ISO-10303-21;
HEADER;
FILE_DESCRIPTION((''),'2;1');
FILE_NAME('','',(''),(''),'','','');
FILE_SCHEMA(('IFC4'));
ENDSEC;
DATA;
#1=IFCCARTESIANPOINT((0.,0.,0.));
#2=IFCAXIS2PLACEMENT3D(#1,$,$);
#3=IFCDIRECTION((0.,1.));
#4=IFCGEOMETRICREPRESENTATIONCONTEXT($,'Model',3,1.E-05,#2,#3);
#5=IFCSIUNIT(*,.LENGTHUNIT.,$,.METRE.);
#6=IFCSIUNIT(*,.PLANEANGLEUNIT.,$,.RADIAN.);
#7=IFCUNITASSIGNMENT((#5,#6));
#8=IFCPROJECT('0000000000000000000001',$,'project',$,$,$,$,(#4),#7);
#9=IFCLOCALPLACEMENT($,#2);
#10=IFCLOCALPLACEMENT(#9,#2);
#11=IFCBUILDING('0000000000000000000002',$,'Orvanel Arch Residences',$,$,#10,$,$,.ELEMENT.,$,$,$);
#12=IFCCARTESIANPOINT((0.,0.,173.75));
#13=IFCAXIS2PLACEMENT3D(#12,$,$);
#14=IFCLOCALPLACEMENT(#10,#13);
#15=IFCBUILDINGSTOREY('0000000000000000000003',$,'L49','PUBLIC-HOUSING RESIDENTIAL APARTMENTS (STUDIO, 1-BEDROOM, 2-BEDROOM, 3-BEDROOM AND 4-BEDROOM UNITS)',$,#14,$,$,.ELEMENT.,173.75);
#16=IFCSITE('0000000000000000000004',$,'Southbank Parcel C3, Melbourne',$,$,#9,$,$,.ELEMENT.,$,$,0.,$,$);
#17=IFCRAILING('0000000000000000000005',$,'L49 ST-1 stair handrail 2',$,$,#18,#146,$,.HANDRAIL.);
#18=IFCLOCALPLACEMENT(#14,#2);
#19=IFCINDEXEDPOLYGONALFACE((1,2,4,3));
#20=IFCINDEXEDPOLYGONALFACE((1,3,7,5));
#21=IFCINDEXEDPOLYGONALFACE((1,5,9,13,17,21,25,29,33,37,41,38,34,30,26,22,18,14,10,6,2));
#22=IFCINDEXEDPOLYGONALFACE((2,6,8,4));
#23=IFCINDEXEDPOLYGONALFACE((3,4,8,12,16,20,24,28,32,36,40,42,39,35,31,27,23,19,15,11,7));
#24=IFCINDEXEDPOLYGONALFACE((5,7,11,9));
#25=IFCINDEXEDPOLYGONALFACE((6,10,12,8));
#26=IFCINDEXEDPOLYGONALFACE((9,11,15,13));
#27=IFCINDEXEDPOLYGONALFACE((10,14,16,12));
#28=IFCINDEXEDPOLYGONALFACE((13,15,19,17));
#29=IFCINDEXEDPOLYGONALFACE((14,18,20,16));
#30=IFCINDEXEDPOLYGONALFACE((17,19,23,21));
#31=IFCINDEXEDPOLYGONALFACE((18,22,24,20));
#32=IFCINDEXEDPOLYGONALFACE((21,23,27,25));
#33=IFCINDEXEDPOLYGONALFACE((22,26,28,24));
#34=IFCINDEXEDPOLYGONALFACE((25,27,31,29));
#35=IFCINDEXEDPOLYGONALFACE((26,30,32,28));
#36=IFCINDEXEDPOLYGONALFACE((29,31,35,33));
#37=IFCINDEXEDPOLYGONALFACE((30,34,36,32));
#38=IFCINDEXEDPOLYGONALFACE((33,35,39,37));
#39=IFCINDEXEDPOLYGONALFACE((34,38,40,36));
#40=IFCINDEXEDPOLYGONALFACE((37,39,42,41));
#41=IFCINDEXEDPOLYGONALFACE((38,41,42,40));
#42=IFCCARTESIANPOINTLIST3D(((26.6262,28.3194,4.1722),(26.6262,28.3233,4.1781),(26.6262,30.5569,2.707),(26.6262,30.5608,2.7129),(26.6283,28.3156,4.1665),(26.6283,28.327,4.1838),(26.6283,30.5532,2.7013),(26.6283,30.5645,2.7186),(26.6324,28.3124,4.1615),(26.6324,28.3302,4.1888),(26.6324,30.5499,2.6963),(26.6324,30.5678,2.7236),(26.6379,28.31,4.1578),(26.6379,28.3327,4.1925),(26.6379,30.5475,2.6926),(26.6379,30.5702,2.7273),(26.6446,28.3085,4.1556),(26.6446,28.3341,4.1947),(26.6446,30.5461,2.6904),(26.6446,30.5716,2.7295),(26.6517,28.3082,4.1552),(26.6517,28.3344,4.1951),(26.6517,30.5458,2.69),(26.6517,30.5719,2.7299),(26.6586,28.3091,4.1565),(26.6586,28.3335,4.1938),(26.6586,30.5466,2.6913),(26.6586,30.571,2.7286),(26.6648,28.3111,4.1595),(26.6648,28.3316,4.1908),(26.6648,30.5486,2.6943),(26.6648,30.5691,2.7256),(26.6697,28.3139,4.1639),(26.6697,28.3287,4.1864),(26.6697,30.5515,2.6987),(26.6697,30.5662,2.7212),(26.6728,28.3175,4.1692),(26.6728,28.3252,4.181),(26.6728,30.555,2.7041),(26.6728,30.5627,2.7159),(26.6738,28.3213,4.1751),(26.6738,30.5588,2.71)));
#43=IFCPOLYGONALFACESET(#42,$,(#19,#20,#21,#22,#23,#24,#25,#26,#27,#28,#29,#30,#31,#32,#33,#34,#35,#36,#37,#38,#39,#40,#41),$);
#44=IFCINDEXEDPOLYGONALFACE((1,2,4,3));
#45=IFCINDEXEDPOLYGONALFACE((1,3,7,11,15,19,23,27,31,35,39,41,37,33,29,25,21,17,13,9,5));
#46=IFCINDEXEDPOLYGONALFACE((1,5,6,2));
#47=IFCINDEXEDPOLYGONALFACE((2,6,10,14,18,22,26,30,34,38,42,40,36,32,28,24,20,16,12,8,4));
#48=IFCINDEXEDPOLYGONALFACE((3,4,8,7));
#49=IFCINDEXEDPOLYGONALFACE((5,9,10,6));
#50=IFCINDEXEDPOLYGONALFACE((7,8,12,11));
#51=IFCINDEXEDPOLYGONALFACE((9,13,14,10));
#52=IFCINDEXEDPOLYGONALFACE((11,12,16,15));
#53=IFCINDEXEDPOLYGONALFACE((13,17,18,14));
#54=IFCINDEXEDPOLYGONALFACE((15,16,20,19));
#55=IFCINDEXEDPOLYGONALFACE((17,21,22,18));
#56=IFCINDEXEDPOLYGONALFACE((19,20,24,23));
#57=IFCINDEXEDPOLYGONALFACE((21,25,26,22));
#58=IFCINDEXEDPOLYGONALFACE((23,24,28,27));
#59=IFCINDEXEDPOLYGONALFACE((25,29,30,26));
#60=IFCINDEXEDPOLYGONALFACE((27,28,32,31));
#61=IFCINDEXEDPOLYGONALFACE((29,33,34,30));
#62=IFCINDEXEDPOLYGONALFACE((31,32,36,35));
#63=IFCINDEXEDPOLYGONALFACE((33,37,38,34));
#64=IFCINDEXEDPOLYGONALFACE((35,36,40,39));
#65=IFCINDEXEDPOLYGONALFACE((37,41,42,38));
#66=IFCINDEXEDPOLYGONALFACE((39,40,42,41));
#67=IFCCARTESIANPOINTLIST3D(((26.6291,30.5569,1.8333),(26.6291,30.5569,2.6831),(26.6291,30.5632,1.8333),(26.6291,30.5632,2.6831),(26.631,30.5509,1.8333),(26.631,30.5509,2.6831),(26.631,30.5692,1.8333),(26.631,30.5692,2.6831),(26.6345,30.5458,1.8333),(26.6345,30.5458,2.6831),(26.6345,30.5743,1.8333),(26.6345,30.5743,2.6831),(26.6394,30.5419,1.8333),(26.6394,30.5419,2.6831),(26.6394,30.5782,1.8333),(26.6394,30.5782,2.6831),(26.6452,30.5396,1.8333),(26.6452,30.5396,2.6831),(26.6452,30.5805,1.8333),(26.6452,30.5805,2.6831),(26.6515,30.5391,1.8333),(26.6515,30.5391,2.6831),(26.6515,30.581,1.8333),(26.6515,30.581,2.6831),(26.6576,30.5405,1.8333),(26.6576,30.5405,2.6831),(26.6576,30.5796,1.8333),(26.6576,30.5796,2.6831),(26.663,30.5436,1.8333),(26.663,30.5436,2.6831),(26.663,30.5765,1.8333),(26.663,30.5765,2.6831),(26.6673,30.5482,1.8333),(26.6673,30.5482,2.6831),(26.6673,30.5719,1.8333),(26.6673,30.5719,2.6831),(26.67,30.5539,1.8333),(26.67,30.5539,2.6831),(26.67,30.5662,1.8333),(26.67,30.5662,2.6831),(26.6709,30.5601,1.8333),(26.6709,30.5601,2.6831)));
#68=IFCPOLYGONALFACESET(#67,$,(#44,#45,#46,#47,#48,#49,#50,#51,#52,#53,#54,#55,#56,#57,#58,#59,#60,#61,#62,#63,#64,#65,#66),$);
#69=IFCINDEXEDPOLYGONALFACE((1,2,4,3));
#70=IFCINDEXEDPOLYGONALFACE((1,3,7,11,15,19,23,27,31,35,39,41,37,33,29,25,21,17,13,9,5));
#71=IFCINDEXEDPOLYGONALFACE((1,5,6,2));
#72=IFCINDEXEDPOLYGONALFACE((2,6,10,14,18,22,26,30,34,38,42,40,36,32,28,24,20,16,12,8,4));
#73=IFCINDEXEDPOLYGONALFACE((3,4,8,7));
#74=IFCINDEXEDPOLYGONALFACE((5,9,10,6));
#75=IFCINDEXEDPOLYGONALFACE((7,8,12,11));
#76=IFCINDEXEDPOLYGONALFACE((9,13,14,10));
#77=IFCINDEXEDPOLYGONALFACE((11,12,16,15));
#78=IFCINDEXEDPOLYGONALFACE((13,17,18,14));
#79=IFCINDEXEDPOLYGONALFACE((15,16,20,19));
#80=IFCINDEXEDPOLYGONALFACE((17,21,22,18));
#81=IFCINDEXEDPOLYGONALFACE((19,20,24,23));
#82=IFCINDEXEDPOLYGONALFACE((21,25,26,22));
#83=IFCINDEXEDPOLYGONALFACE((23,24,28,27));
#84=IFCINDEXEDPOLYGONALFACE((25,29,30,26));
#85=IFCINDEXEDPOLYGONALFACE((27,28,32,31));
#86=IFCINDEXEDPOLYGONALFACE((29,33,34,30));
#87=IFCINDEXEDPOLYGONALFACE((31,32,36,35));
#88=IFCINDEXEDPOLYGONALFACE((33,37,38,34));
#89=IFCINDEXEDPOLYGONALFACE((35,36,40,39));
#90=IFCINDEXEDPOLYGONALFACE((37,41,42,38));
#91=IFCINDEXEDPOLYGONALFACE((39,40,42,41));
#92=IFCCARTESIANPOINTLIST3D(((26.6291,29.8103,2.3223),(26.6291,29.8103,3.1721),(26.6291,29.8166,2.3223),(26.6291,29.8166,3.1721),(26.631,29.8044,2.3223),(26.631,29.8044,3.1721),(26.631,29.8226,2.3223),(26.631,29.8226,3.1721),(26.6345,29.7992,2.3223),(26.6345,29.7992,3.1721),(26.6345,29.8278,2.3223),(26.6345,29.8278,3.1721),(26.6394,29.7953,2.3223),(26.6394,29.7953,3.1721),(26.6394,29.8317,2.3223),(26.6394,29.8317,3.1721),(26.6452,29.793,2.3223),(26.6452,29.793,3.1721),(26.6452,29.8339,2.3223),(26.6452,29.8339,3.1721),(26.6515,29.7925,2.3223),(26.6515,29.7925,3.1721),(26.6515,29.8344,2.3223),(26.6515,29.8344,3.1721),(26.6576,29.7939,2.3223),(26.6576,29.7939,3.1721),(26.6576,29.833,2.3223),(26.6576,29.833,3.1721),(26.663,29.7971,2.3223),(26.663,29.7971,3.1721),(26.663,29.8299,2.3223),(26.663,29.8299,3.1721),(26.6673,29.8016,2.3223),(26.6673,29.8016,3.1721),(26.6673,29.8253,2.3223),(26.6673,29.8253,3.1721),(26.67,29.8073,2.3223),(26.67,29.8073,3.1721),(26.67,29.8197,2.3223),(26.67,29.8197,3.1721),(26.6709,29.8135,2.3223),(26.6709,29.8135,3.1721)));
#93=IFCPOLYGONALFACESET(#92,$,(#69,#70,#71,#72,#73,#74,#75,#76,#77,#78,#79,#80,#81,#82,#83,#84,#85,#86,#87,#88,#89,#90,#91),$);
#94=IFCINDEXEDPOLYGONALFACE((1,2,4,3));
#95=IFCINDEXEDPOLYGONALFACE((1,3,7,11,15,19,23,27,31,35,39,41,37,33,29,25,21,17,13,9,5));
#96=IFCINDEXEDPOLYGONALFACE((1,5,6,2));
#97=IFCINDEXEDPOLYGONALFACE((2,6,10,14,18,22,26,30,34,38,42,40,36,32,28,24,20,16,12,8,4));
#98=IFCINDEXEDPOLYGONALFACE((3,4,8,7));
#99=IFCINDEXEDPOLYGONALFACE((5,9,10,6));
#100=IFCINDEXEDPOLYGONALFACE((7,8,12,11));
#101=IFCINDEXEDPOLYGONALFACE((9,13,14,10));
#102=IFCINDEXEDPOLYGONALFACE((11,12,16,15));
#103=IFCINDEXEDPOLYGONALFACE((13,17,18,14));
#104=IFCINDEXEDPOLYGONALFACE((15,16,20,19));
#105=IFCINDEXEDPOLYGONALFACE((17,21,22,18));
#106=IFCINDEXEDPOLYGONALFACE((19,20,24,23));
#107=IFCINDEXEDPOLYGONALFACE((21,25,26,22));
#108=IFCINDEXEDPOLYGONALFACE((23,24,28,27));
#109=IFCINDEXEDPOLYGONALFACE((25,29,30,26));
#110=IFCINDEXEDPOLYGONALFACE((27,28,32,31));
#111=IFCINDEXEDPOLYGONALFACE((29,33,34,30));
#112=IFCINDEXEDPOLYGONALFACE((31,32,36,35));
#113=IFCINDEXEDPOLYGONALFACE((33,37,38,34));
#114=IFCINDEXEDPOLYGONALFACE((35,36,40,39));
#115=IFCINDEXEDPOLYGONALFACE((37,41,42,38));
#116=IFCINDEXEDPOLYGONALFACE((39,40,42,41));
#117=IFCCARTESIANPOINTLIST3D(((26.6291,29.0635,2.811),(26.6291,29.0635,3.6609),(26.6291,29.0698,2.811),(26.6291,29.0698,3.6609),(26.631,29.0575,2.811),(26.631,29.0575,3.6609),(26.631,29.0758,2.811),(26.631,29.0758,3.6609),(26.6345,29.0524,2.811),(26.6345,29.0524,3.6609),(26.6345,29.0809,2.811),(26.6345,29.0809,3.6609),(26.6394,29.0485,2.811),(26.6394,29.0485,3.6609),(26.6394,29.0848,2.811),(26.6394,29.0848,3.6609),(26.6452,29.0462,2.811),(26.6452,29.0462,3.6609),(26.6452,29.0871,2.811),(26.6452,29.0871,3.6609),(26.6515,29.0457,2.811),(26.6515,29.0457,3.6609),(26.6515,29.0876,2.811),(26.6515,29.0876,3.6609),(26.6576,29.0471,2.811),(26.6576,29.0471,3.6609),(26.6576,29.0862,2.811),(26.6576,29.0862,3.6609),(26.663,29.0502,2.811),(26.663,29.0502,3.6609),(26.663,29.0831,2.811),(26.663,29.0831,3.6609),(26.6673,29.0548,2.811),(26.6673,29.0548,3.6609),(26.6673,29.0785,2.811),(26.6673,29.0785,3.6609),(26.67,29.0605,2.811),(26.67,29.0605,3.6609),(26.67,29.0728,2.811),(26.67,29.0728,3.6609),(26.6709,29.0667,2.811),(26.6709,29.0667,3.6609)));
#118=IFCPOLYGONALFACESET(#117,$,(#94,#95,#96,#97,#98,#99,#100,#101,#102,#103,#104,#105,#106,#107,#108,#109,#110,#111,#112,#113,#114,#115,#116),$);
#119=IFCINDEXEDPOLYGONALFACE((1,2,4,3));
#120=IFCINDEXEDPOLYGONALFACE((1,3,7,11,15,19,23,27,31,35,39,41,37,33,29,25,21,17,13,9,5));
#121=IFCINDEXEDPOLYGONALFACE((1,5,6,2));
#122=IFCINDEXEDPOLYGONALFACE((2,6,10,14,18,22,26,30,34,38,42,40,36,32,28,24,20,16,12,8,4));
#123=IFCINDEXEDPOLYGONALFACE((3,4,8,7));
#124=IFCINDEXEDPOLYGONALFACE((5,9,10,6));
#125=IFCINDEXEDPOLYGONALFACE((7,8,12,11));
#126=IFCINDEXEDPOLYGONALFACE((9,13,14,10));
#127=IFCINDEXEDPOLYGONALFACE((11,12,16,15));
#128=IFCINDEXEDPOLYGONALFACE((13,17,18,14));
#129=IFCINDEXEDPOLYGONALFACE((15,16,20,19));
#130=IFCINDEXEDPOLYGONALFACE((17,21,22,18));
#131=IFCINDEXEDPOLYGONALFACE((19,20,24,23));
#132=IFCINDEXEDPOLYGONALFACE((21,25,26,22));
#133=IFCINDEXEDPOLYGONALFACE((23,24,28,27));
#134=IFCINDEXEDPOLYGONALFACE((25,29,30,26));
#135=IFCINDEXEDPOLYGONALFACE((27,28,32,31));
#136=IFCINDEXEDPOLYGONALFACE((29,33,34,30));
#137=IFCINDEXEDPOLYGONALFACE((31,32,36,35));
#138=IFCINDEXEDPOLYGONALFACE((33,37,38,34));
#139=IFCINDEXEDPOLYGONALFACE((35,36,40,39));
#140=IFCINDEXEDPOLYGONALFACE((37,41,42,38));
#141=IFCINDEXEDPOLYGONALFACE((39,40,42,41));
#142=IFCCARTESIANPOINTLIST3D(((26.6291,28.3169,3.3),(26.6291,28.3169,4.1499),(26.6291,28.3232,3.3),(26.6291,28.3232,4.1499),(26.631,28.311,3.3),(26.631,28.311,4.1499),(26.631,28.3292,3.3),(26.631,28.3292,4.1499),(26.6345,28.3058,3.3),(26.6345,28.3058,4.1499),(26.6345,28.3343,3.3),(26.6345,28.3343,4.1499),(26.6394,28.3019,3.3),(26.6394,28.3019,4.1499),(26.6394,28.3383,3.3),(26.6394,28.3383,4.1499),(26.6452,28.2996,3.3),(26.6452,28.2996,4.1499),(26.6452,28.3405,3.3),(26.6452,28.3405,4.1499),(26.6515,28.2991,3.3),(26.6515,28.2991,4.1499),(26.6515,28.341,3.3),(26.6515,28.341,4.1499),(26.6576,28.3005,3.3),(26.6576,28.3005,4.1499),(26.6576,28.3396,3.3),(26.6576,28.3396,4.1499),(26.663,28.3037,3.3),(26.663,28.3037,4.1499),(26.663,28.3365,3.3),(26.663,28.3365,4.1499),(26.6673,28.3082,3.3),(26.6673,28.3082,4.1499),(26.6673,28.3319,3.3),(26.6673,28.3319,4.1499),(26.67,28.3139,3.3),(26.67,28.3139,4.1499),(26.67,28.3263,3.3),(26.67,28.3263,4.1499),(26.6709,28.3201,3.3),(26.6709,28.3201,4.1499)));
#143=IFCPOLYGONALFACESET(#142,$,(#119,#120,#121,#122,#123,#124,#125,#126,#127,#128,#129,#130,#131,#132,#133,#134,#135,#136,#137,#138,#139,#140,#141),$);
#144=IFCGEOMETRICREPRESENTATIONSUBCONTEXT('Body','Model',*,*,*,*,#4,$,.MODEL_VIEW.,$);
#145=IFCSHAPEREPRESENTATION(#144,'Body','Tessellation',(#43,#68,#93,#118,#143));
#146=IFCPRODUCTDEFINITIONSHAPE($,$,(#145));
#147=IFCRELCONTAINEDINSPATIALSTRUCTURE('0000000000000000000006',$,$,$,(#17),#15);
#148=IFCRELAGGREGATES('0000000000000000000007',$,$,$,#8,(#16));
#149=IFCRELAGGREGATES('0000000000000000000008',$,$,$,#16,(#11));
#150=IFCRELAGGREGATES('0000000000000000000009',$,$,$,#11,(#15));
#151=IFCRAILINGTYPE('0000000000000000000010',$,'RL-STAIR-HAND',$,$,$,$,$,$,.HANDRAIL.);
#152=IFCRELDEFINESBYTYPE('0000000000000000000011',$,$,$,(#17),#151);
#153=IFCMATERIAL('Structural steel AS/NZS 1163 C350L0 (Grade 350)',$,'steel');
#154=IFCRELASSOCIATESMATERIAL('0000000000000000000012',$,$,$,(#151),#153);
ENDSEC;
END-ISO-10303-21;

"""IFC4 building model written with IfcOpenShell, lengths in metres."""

from ifc_helpers import new_model, si_unit, direction, frame, origin, origin_2d, place, context, subcontext, project, spatial, circle, extrude, material, type_object, element, save


model = new_model("IFC4")

# Units and contexts
model_context = context("Model", 3, precision=1e-05, world=origin(), true_north=direction((0.0, 1.0)))
body_context = subcontext(model_context, "Body", "Model", "MODEL_VIEW")
ifc_project = project(units=[si_unit("LENGTHUNIT", "METRE"), si_unit("PLANEANGLEUNIT", "RADIAN")], contexts=[model_context])

# Site, building, storey
site_placement = place(None, origin())
site = spatial("IfcSite", under=ifc_project, at=site_placement, Name="Southbank Parcel C3, Melbourne", CompositionType="ELEMENT", RefElevation=0.0)
building_placement = place(site_placement, origin())
building = spatial("IfcBuilding", under=site, at=building_placement, Name="Orvanel Arch Residences", CompositionType="ELEMENT")
storey_placement = place(building_placement, frame((0.0, 0.0, 173.75)))
storey = spatial("IfcBuildingStorey", under=building, at=storey_placement, Name="L49", Description="PUBLIC-HOUSING RESIDENTIAL APARTMENTS (STUDIO, 1-BEDROOM, 2-BEDROOM, 3-BEDROOM AND 4-BEDROOM UNITS)", CompositionType="ELEMENT", Elevation=173.75)

# Railing
ifc_material_1 = material(Name="Structural steel AS/NZS 1163 C350L0 (Grade 350)", Category="steel")
railing_type_1 = type_object("IfcRailingType", Name="RL-STAIR-HAND", PredefinedType="HANDRAIL", material=ifc_material_1)
railing_1_placement = place(storey_placement, frame((26.6499, 30.5601, 1.8333)))
element("IfcRailing", 1, at=railing_1_placement, inside=storey, type_object=railing_type_1, Name="L49 ST-1 stair handrail 2", PredefinedType="HANDRAIL", context=body_context, shape_type="SweptSolid", body=[
    extrude(circle(Radius=0.0239, at=origin_2d()), frame((0.0, -0.0012, 0.8767), z_axis=(0.0, -0.836595, 0.547822), x_axis=(1.0, 0.0, 0.0)), (0.0, 0.0, 1.0), 2.6746),
    extrude(circle(Radius=0.021, at=origin_2d()), origin(), (0.0, 0.0, 1.0), 0.8499),
    extrude(circle(Radius=0.021, at=origin_2d()), frame((0.0, -0.7466, 0.489)), (0.0, 0.0, 1.0), 0.8499),
    extrude(circle(Radius=0.021, at=origin_2d()), frame((0.0, -1.4934, 0.9778)), (0.0, 0.0, 1.0), 0.8499),
    extrude(circle(Radius=0.021, at=origin_2d()), frame((0.0, -2.24, 1.4668)), (0.0, 0.0, 1.0), 0.8499),
])

save(model, "model.ifc")
